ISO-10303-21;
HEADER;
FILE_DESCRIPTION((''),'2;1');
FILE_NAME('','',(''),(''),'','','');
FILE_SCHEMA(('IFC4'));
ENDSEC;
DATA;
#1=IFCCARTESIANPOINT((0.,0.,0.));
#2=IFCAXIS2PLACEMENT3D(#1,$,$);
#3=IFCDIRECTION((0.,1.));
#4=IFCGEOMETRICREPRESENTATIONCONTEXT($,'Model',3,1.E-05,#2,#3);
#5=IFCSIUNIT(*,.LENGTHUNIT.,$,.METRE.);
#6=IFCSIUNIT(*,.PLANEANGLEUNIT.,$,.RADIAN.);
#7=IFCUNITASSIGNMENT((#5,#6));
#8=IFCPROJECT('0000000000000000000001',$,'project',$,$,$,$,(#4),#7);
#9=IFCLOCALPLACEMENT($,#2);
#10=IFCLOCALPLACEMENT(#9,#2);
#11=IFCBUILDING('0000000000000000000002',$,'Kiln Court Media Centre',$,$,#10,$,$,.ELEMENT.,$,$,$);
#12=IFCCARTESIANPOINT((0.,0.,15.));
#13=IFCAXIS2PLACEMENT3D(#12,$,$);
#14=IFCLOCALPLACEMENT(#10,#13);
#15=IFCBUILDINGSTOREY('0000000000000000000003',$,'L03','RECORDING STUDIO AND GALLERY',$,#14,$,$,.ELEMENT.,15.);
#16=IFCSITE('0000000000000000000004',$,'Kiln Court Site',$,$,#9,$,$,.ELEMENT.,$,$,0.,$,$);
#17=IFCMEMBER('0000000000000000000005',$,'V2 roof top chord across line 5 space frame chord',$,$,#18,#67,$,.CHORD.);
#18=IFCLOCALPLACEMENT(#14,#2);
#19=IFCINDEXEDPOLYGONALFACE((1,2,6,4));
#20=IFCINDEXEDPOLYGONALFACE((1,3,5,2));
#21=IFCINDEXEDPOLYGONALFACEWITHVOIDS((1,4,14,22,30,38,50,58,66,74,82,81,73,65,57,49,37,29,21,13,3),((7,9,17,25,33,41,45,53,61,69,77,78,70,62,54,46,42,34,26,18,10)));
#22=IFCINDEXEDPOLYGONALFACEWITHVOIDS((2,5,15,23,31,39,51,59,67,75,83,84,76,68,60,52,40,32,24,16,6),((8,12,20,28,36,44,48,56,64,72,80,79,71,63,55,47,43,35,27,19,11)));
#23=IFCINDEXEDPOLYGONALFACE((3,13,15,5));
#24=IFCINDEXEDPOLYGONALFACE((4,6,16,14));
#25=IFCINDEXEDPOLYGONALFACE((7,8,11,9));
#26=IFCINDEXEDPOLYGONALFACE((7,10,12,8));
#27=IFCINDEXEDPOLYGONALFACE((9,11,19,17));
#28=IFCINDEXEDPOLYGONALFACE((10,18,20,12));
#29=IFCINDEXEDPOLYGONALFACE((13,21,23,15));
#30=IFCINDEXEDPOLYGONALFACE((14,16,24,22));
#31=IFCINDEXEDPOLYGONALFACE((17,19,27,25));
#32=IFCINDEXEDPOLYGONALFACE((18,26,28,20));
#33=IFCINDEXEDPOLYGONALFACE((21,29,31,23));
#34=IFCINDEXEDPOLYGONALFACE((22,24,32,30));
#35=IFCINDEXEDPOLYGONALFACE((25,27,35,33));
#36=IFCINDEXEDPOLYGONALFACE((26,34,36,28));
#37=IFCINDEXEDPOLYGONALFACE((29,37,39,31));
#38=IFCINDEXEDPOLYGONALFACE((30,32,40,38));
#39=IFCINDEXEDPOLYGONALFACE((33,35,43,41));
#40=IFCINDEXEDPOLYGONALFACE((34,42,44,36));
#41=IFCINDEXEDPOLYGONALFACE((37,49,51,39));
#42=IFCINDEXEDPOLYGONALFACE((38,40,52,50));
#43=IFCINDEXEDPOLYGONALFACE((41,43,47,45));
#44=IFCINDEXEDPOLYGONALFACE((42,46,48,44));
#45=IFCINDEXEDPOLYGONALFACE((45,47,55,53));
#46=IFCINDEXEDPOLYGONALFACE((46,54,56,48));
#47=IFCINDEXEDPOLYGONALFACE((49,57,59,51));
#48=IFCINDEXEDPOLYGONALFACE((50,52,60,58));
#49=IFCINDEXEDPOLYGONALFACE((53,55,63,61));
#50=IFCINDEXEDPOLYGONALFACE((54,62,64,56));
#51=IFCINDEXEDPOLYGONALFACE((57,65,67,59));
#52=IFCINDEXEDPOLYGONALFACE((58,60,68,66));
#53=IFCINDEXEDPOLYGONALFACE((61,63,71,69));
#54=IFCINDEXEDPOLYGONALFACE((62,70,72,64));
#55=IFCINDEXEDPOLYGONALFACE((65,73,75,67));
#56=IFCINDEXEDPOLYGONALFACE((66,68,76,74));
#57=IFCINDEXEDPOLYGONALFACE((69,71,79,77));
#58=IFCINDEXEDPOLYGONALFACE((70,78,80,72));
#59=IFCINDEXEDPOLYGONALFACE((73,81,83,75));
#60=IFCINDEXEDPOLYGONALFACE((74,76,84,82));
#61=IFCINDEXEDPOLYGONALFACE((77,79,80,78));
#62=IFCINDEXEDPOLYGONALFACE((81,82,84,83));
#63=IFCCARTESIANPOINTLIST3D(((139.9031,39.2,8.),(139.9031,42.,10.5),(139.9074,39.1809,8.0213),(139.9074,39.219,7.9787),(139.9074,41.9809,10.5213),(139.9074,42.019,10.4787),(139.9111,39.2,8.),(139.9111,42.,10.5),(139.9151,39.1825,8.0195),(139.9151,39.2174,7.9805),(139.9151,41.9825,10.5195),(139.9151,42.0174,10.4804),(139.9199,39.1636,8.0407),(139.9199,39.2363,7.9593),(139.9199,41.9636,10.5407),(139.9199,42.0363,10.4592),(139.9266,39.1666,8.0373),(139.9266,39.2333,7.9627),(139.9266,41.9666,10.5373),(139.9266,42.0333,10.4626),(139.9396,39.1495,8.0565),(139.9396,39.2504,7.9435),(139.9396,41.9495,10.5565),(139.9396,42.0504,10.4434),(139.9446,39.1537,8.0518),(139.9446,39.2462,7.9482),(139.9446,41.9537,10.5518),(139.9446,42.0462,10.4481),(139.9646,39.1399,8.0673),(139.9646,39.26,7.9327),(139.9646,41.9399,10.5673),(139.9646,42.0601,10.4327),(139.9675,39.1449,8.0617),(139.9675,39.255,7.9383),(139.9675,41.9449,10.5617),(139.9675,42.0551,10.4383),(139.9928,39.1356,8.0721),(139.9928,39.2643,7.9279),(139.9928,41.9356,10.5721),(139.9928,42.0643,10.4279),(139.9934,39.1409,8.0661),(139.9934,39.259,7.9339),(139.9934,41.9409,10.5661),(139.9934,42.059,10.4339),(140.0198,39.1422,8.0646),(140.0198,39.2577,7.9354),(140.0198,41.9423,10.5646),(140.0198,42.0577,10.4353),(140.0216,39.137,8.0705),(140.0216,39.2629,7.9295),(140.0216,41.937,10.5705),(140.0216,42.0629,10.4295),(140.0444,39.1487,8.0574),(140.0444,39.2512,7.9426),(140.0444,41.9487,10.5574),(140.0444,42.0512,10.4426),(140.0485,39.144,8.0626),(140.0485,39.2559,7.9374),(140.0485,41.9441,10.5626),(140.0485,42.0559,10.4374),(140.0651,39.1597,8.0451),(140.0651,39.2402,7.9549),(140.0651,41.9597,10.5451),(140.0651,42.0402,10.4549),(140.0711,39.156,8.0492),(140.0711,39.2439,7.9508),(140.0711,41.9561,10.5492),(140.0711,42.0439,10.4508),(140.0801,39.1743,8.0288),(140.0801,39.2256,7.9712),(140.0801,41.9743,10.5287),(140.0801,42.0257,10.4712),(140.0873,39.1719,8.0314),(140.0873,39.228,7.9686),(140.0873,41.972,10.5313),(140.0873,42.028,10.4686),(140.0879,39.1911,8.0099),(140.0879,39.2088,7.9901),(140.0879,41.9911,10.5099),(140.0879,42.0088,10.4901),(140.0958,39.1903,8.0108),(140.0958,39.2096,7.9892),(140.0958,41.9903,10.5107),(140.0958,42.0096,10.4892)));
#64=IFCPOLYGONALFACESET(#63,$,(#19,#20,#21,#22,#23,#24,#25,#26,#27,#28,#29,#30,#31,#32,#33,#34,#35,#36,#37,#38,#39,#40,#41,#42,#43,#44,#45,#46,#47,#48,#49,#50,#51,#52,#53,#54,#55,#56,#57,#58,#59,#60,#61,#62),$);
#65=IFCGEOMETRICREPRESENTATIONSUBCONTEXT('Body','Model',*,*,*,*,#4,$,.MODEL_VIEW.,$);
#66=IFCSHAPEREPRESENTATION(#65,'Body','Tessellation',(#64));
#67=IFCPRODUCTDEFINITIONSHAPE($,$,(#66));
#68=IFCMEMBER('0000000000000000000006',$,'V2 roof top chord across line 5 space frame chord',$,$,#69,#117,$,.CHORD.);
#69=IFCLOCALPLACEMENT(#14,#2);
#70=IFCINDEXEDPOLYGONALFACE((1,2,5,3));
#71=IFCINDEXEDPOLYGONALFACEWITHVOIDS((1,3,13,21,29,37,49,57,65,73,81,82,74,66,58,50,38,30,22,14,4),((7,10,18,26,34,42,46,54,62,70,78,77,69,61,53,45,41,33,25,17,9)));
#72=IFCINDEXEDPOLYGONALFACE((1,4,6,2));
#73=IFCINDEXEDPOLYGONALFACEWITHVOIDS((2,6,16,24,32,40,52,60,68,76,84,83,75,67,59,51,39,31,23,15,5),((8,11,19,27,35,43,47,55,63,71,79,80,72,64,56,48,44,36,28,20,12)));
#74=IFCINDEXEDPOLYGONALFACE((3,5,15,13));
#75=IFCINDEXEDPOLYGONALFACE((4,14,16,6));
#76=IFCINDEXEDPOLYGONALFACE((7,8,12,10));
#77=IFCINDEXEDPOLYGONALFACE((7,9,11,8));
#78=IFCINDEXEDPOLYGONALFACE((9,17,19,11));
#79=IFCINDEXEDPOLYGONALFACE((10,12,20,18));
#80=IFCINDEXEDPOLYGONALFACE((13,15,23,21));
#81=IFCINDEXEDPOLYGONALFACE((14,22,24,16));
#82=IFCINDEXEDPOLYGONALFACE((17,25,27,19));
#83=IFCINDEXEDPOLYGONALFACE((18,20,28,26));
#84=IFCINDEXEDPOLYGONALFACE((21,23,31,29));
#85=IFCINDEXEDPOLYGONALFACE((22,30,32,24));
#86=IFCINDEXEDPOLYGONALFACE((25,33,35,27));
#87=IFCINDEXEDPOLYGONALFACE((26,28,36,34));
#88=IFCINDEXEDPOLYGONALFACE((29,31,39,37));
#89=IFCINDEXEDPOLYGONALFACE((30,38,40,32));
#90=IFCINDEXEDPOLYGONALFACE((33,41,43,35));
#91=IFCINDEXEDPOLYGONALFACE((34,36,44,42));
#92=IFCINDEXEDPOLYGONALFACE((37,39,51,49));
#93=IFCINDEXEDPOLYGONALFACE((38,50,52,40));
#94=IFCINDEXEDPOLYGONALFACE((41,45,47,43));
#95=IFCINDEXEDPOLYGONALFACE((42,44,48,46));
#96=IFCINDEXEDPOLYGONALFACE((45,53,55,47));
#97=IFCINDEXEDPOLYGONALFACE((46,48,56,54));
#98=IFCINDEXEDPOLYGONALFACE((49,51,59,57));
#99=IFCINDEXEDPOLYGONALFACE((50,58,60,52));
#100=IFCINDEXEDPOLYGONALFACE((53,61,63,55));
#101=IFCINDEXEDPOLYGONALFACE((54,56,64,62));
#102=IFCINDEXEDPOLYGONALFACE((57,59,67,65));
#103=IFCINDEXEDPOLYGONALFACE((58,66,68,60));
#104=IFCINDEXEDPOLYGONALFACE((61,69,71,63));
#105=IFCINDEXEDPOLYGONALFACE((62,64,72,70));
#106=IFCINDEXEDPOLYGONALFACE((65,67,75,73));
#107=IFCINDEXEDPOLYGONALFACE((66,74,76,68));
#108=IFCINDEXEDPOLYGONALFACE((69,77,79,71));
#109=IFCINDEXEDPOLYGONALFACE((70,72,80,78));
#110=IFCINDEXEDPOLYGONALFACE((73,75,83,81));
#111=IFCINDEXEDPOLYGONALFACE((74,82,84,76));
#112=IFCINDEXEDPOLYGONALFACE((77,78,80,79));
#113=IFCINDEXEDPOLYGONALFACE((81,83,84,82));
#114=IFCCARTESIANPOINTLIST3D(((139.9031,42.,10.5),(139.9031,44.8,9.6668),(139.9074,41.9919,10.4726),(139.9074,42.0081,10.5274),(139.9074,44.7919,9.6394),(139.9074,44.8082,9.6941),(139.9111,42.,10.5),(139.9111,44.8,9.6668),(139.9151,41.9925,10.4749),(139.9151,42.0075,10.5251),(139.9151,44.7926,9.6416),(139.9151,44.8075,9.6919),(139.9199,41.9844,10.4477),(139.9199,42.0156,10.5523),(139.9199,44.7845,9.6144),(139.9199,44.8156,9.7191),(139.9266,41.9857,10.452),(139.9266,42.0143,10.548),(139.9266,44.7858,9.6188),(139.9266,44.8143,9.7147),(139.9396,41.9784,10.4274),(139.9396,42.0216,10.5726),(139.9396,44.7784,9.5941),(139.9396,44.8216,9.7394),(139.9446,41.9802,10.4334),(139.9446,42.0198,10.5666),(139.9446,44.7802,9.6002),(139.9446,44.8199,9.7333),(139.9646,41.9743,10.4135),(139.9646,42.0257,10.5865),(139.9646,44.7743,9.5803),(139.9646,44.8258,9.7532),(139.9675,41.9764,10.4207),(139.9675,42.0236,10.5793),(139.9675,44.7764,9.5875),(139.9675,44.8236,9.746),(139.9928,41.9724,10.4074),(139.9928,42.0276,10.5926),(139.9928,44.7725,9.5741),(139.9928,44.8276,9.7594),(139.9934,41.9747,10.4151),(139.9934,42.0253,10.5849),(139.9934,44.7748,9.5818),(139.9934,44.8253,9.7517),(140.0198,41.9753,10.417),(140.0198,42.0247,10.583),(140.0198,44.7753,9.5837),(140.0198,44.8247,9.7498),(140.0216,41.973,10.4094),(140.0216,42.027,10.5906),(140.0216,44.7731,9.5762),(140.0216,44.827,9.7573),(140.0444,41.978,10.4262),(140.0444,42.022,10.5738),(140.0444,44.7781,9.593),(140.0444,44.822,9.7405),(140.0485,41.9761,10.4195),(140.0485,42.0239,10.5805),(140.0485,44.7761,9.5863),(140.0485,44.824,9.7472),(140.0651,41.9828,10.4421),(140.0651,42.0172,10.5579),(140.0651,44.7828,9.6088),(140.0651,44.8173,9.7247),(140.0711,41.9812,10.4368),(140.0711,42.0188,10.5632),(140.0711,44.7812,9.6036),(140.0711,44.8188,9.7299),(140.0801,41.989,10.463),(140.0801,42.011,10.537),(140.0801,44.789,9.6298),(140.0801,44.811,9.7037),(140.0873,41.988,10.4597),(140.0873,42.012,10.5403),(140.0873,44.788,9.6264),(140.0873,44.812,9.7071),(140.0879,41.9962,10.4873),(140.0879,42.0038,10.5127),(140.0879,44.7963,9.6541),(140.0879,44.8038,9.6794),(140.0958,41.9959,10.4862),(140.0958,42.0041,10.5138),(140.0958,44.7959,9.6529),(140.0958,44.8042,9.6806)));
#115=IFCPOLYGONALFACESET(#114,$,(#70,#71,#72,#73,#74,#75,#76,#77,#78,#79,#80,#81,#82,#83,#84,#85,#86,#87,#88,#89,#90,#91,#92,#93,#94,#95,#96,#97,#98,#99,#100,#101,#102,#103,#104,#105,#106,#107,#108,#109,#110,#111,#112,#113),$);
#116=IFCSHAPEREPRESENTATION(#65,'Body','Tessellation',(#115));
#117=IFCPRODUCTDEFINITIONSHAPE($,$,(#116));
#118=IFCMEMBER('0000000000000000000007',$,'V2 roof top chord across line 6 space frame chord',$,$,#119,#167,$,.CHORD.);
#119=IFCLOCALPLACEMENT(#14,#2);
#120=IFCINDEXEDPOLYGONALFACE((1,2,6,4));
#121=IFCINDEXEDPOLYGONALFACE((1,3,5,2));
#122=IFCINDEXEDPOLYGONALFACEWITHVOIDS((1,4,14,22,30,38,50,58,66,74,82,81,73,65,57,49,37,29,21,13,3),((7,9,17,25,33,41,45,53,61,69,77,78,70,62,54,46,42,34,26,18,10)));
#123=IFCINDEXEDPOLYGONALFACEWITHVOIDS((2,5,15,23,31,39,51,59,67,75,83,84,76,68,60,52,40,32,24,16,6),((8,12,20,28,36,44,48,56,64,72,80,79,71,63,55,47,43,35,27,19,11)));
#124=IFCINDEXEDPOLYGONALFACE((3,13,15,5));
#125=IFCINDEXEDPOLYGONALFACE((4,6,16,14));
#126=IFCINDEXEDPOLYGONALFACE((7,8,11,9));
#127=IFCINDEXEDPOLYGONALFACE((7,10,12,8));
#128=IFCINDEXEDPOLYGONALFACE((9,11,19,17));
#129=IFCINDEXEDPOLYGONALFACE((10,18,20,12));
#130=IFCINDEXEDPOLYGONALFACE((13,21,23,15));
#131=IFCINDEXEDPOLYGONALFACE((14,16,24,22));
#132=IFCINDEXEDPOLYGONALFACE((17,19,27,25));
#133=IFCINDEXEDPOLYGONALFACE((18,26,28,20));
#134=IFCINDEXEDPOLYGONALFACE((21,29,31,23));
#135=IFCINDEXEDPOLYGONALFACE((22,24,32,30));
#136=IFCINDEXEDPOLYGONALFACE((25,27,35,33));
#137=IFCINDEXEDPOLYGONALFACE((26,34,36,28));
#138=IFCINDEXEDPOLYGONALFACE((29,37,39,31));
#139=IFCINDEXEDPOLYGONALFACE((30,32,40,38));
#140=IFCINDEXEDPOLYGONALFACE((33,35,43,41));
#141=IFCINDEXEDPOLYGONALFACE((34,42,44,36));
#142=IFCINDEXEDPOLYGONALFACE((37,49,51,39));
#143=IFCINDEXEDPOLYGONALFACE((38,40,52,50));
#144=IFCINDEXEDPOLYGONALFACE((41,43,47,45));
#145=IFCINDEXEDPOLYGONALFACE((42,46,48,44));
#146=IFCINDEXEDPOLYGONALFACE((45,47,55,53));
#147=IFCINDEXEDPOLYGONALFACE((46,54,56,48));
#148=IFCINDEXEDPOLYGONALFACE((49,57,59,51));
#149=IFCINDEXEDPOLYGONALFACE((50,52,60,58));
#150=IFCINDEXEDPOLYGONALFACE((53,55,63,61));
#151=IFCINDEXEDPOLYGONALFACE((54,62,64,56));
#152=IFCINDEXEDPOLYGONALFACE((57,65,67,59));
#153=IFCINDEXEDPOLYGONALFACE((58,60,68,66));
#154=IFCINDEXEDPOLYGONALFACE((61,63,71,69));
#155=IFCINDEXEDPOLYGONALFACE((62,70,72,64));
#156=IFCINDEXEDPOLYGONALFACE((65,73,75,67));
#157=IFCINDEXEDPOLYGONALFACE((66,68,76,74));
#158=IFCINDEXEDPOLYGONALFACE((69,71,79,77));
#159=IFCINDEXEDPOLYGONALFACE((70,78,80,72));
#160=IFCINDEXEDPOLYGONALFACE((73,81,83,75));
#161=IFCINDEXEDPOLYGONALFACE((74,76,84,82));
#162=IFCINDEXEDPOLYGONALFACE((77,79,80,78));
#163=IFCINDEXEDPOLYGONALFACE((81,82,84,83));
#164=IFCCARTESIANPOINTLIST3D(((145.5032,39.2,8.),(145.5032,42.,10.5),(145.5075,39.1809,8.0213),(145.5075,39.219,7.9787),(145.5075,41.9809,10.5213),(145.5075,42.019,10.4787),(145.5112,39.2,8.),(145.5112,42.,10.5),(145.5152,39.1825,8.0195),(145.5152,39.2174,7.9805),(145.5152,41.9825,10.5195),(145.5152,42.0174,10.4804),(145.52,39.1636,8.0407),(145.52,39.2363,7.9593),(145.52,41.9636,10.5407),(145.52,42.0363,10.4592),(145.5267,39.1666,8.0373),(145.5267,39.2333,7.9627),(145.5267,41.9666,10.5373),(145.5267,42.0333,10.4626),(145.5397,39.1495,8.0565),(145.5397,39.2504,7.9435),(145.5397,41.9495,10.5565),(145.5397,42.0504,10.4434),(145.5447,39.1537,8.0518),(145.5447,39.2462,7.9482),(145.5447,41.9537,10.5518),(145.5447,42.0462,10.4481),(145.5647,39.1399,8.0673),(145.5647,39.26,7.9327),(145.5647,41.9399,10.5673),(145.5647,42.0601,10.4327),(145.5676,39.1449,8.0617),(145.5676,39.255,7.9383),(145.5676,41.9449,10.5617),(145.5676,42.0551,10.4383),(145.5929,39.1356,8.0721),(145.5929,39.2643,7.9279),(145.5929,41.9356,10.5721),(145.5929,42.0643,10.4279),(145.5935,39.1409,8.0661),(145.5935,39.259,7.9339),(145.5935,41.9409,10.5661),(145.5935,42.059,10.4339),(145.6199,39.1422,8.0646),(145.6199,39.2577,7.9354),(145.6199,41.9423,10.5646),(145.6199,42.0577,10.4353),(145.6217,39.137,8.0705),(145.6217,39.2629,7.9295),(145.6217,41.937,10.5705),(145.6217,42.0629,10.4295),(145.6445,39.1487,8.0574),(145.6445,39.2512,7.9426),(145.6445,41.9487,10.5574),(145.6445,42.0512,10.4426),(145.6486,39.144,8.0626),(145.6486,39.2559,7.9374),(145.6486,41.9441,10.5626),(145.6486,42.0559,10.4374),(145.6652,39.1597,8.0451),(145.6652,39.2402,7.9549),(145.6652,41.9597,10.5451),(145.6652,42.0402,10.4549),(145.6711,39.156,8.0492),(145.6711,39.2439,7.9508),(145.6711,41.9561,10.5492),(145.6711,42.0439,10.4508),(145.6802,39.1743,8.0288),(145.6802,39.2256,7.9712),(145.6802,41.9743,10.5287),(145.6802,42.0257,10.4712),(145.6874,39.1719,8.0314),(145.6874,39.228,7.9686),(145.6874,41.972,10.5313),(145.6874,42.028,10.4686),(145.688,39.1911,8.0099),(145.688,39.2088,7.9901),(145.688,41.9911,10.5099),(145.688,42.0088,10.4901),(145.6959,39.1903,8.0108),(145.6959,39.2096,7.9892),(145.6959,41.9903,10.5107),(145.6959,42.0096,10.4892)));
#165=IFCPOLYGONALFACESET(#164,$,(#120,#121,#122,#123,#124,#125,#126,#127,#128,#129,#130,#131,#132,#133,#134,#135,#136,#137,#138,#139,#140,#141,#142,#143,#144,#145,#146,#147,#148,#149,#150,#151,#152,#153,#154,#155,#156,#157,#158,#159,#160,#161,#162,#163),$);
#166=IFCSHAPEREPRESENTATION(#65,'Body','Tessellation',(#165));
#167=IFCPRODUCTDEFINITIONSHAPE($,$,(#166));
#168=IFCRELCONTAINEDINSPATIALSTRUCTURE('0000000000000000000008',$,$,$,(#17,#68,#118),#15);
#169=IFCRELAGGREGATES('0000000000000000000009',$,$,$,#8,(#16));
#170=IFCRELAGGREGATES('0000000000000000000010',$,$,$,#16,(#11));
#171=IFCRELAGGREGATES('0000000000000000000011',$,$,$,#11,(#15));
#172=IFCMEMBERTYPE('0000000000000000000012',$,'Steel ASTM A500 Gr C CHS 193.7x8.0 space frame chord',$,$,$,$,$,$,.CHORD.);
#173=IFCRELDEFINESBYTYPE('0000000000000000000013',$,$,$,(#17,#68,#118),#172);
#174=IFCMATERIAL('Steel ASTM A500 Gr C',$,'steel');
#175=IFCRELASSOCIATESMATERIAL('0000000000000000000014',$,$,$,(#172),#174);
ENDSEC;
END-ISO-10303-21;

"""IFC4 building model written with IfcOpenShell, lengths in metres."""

from ifc_helpers import new_model, si_unit, direction, frame, origin, origin_2d, place, context, subcontext, project, spatial, hollow_circle, extrude, material, material_profile, profile_set, type_object, element, save


model = new_model("IFC4")

# Units and contexts
model_context = context("Model", 3, precision=1e-05, world=origin(), true_north=direction((0.0, 1.0)))
body_context = subcontext(model_context, "Body", "Model", "MODEL_VIEW")
ifc_project = project(units=[si_unit("LENGTHUNIT", "METRE"), si_unit("PLANEANGLEUNIT", "RADIAN")], contexts=[model_context])

# Site, building, storey
site_placement = place(None, origin())
site = spatial("IfcSite", under=ifc_project, at=site_placement, Name="Kiln Court Site", CompositionType="ELEMENT", RefElevation=0.0)
building_placement = place(site_placement, origin())
building = spatial("IfcBuilding", under=site, at=building_placement, Name="Kiln Court Media Centre", CompositionType="ELEMENT")
storey_placement = place(building_placement, frame((0.0, 0.0, 15.0)))
storey = spatial("IfcBuildingStorey", under=building, at=storey_placement, Name="L03", Description="RECORDING STUDIO AND GALLERY", CompositionType="ELEMENT", Elevation=15.0)

# Members
ifc_material_1 = material(Name="Steel ASTM A500 Gr C", Category="steel")
ifc_material_profile_1 = material_profile(ifc_material_1, hollow_circle(Radius=0.0969, WallThickness=0.0081, at=origin_2d()), Name="CHS 193.7x8.0")
ifc_profile_set_1 = profile_set([ifc_material_profile_1], Name="Steel ASTM A500 Gr C")
member_type_1 = type_object("IfcMemberType", Name="Steel ASTM A500 Gr C CHS 193.7x8.0 space frame chord", PredefinedType="CHORD", material=ifc_profile_set_1)
member_1_placement = place(storey_placement, frame((140.0, 39.2, 8.0), z_axis=(0.0, 0.745943, 0.666009), x_axis=(-1.0, 0.0, 0.0)))
element("IfcMember", 1, at=member_1_placement, inside=storey, type_object=member_type_1, Name="V2 roof top chord across line 5 space frame chord", PredefinedType="CHORD", context=body_context, shape_type="SweptSolid", body=[
    extrude(hollow_circle(Radius=0.0969, WallThickness=0.0081, at=origin_2d()), origin(), (0.0, 0.0, 1.0), 3.7537),
])
member_2_placement = place(storey_placement, frame((140.0, 42.0, 10.5), z_axis=(0.0, 0.958461, -0.285223), x_axis=(-1.0, 0.0, 0.0)))
element("IfcMember", 2, at=member_2_placement, inside=storey, type_object=member_type_1, Name="V2 roof top chord across line 5 space frame chord", PredefinedType="CHORD", context=body_context, shape_type="SweptSolid", body=[
    extrude(hollow_circle(Radius=0.0969, WallThickness=0.0081, at=origin_2d()), origin(), (0.0, 0.0, 1.0), 2.9214),
])
member_3_placement = place(storey_placement, frame((145.6001, 39.2, 8.0), z_axis=(0.0, 0.745943, 0.666009), x_axis=(-1.0, 0.0, 0.0)))
element("IfcMember", 3, at=member_3_placement, inside=storey, type_object=member_type_1, Name="V2 roof top chord across line 6 space frame chord", PredefinedType="CHORD", context=body_context, shape_type="SweptSolid", body=[
    extrude(hollow_circle(Radius=0.0969, WallThickness=0.0081, at=origin_2d()), origin(), (0.0, 0.0, 1.0), 3.7537),
])

save(model, "model.ifc")
